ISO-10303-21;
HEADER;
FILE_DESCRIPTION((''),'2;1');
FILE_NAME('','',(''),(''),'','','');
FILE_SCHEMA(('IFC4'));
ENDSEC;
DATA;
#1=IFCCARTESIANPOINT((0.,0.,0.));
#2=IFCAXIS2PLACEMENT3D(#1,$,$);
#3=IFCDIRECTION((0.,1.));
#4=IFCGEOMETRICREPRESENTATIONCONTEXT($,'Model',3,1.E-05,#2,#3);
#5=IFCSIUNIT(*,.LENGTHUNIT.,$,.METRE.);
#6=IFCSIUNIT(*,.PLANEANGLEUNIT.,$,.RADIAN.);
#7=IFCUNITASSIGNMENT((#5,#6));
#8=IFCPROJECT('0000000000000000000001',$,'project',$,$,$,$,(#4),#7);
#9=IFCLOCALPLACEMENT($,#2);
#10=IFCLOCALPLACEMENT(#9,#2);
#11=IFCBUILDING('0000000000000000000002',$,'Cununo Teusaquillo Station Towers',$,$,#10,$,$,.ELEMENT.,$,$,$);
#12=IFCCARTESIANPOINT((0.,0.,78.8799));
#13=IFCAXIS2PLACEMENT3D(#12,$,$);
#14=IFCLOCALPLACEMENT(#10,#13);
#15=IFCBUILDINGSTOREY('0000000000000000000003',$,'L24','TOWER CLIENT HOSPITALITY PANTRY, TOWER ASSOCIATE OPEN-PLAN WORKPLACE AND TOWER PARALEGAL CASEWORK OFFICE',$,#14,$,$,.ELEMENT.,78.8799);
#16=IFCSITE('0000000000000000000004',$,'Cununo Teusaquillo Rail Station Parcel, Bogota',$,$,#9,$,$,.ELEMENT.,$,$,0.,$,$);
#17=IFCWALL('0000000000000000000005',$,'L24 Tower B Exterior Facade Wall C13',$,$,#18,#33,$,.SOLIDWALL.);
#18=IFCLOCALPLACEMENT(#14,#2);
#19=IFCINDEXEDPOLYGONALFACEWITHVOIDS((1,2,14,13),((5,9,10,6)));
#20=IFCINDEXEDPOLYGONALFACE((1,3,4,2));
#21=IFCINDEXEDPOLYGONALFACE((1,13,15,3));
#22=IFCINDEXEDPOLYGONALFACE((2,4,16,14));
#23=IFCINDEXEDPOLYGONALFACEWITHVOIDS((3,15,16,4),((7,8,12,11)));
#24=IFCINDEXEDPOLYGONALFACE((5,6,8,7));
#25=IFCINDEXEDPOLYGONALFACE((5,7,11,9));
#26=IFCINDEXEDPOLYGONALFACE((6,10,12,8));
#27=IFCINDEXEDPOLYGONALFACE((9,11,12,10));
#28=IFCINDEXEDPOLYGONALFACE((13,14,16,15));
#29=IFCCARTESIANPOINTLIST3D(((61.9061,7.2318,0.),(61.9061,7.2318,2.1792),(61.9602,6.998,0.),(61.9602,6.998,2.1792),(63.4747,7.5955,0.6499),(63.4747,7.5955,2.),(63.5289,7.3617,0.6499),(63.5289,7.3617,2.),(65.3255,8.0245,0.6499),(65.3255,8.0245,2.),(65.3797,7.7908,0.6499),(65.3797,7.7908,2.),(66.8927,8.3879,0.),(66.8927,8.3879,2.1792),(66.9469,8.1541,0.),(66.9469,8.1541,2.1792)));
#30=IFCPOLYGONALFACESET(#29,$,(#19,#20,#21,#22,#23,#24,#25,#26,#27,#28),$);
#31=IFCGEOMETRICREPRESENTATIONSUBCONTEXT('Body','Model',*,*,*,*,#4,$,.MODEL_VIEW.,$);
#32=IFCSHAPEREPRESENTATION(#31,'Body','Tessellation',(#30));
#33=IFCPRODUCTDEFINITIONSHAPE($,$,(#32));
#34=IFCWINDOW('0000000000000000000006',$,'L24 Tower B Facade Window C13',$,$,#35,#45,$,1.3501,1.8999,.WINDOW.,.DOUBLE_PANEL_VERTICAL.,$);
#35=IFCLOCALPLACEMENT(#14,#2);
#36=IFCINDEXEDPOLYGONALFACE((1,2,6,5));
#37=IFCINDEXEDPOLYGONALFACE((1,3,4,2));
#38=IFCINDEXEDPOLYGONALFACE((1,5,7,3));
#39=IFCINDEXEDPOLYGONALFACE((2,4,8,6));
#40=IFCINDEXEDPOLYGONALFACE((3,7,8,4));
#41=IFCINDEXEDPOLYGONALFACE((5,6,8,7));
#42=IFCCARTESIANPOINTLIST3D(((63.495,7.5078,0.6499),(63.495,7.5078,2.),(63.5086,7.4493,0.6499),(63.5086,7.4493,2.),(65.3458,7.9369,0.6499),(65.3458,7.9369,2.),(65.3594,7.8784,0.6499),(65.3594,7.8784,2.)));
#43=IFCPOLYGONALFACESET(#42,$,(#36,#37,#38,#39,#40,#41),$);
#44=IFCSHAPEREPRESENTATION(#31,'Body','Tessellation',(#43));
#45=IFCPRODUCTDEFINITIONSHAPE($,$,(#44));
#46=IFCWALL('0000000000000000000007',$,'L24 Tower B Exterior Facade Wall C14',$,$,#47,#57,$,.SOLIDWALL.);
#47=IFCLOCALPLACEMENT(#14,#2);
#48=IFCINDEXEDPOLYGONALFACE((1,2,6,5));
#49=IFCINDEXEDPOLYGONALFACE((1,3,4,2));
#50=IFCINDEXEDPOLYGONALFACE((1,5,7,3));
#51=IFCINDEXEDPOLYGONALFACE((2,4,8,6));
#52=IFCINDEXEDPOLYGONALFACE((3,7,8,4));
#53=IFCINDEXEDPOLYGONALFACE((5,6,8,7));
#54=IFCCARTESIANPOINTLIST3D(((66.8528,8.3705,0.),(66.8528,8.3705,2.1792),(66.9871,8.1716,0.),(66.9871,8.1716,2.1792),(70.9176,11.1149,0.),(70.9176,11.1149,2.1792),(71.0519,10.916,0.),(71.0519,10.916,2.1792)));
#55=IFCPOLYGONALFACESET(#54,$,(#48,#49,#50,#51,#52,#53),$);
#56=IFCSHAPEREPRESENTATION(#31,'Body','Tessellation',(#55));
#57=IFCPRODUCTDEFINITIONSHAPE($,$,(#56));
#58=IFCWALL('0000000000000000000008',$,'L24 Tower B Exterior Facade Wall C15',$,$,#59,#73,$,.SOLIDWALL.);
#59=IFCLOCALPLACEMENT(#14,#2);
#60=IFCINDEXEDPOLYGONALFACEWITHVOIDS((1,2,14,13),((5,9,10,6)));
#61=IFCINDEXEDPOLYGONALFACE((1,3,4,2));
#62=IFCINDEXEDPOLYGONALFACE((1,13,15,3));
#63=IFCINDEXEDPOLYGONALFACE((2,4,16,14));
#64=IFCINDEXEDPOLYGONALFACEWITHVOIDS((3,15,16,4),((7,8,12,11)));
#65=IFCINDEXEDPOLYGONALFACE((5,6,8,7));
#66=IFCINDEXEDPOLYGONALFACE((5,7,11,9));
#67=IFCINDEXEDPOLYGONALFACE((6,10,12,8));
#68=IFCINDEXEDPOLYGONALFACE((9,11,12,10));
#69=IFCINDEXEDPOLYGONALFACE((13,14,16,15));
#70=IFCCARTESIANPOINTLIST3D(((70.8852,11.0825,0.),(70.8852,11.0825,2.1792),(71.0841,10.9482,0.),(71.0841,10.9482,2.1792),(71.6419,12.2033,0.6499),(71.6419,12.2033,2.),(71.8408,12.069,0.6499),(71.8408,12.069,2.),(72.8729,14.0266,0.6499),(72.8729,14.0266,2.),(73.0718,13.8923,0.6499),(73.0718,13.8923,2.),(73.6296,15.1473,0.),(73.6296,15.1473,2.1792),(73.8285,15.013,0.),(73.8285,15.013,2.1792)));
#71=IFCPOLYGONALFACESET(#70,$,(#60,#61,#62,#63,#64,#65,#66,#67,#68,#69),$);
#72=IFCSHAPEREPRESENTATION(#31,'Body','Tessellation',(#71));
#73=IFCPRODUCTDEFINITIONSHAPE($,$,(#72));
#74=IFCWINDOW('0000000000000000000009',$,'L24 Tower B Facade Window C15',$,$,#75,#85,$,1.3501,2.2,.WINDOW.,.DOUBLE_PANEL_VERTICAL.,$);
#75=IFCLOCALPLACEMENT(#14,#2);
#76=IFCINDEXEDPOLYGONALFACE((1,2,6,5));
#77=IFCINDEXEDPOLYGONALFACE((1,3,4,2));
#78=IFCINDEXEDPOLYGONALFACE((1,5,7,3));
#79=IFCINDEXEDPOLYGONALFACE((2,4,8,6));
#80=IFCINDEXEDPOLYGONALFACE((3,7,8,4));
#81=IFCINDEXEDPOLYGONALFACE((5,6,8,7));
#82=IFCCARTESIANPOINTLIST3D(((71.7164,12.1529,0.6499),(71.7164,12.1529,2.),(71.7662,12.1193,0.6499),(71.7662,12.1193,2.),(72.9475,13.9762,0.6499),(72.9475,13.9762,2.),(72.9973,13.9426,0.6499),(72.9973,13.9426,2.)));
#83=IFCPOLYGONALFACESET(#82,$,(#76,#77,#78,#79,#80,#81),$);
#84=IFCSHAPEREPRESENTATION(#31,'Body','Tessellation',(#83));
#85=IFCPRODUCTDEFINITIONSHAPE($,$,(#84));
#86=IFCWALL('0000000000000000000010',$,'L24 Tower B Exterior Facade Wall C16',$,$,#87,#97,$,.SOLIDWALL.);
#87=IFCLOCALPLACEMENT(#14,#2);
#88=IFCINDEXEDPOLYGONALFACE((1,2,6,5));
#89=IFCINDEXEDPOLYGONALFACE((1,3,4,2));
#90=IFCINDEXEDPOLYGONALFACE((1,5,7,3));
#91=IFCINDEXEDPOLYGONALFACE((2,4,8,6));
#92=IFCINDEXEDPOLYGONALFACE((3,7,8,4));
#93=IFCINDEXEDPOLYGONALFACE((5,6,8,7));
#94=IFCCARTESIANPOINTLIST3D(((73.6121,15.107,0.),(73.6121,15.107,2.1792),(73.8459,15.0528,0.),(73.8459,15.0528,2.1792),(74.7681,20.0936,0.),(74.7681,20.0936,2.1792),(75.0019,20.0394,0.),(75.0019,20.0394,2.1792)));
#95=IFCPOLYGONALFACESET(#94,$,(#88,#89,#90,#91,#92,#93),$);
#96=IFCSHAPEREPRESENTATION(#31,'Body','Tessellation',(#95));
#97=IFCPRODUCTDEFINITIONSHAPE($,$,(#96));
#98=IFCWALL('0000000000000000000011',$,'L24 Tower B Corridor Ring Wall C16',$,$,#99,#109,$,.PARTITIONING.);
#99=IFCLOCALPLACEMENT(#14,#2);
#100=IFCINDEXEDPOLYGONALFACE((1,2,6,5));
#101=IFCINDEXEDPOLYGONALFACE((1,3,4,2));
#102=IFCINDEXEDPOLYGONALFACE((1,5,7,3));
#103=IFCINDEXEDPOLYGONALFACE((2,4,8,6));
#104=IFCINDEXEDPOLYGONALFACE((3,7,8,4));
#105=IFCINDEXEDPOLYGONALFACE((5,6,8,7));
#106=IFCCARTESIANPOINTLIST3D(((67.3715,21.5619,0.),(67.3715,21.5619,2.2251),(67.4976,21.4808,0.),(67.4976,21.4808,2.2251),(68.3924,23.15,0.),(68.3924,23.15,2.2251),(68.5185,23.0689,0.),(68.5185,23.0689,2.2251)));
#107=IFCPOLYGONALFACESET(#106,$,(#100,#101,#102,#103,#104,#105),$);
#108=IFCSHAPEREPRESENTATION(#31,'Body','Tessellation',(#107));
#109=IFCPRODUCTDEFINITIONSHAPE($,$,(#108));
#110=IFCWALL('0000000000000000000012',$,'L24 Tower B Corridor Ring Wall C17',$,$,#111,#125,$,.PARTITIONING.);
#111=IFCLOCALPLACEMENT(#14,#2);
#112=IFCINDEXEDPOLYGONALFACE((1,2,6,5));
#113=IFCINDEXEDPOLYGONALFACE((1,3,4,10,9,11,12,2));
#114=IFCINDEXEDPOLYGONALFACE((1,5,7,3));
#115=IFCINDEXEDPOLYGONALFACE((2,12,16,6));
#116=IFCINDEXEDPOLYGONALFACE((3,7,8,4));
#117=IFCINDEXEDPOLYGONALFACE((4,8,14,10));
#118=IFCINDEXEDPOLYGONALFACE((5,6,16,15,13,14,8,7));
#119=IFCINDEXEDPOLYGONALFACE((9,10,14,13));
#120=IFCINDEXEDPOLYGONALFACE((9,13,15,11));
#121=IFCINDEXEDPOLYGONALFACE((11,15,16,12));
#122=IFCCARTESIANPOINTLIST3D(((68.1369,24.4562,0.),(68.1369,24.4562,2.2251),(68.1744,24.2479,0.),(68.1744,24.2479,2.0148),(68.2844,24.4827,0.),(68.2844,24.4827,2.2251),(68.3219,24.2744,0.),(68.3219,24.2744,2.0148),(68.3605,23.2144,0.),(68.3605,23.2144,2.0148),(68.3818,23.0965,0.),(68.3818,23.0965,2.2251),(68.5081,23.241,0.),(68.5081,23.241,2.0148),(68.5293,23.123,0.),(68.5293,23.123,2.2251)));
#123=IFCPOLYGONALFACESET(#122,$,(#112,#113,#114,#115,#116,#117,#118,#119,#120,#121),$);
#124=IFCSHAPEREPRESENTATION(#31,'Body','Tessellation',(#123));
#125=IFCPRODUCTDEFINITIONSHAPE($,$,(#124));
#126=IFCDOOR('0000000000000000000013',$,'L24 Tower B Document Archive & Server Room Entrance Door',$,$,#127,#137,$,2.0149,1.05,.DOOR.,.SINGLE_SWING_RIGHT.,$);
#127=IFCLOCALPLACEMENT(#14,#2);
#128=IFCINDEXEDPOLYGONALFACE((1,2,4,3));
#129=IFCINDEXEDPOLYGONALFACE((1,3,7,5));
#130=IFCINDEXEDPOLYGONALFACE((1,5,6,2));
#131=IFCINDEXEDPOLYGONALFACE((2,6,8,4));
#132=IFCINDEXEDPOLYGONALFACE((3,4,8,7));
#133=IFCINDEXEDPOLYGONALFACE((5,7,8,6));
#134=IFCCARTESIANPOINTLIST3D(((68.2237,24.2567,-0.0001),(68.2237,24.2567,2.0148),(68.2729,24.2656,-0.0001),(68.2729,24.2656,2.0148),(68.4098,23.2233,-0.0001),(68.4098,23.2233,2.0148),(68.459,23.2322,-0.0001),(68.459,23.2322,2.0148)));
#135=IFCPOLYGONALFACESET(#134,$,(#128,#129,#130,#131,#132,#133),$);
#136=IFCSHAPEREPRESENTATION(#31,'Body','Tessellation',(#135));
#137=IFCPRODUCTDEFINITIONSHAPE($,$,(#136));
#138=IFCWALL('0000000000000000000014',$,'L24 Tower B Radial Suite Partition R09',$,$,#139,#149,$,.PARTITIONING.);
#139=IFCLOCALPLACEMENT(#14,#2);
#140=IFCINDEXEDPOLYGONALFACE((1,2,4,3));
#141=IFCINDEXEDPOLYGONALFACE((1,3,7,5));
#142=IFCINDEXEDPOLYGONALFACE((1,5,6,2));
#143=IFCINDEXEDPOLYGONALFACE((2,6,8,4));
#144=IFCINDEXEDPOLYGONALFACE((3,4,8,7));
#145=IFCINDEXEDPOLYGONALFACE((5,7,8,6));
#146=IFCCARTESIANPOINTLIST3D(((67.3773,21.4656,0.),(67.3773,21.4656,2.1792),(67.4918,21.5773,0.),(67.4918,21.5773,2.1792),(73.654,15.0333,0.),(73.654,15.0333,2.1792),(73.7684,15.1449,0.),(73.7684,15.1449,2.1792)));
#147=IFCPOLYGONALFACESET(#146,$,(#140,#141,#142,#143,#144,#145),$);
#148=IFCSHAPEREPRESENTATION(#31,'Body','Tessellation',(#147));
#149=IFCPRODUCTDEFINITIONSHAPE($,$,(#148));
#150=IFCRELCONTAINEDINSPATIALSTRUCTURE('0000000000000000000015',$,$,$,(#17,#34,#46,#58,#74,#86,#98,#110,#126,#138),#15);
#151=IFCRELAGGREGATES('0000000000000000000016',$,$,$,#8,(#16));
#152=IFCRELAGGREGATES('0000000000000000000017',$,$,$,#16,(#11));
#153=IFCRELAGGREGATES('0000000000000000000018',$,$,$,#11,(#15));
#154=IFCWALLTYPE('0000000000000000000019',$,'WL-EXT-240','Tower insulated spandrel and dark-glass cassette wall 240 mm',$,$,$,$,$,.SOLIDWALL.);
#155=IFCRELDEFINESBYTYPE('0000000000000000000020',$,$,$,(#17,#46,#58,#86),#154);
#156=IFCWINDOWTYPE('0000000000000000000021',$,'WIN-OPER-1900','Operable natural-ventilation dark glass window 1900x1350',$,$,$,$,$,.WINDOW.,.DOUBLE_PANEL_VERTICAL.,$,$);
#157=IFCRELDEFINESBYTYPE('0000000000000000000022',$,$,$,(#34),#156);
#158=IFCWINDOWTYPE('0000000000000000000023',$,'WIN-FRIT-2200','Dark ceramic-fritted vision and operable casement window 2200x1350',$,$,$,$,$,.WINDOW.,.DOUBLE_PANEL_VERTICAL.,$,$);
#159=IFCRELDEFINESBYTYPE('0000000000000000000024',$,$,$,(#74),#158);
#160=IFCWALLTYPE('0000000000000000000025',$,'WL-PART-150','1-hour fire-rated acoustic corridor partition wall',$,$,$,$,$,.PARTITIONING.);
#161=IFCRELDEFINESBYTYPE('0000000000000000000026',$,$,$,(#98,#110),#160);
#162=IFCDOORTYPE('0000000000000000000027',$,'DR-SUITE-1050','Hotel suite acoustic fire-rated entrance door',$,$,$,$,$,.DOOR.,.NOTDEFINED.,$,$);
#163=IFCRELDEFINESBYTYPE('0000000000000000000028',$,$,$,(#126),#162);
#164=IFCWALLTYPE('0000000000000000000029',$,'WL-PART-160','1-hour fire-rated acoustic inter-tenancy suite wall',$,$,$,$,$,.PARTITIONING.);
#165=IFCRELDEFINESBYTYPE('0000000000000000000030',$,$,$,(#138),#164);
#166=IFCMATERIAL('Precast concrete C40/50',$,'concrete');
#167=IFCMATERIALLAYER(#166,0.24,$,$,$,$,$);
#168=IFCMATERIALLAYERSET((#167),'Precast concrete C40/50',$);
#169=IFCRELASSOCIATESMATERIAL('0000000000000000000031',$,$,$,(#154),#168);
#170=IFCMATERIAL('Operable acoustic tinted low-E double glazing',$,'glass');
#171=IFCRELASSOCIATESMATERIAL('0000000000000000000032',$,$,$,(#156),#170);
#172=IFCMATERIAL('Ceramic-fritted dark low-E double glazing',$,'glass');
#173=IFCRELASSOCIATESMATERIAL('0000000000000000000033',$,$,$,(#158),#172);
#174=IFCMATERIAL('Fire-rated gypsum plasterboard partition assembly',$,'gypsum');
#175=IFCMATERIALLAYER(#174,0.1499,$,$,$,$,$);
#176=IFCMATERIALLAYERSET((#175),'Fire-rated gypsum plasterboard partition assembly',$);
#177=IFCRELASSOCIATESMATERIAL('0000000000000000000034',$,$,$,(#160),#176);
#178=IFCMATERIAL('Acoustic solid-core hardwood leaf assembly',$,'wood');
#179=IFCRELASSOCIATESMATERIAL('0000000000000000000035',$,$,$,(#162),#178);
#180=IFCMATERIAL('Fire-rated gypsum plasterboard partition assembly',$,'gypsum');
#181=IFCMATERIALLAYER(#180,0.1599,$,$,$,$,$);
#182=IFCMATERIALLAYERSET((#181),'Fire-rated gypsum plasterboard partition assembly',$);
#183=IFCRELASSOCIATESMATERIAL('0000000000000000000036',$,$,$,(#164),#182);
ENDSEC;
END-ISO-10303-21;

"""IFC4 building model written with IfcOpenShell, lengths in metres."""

from ifc_helpers import new_model, si_unit, direction, frame, frame_2d, origin, place, context, subcontext, project, spatial, rectangle, extrude, source, transform, mapped, material, layer, layer_set, type_object, element, fill, save


model = new_model("IFC4")

# Units and contexts
model_context = context("Model", 3, precision=1e-05, world=origin(), true_north=direction((0.0, 1.0)))
body_context = subcontext(model_context, "Body", "Model", "MODEL_VIEW")
ifc_project = project(units=[si_unit("LENGTHUNIT", "METRE"), si_unit("PLANEANGLEUNIT", "RADIAN")], contexts=[model_context])

# Site, building, storey
site_placement = place(None, origin())
site = spatial("IfcSite", under=ifc_project, at=site_placement, Name="Cununo Teusaquillo Rail Station Parcel, Bogota", CompositionType="ELEMENT", RefElevation=0.0)
building_placement = place(site_placement, origin())
building = spatial("IfcBuilding", under=site, at=building_placement, Name="Cununo Teusaquillo Station Towers", CompositionType="ELEMENT")
storey_placement = place(building_placement, frame((0.0, 0.0, 78.8799)))
storey = spatial("IfcBuildingStorey", under=building, at=storey_placement, Name="L24", Description="TOWER CLIENT HOSPITALITY PANTRY, TOWER ASSOCIATE OPEN-PLAN WORKPLACE AND TOWER PARALEGAL CASEWORK OFFICE", CompositionType="ELEMENT", Elevation=78.8799)

# Wall, opening, window
ifc_material_1 = material(Name="Precast concrete C40/50", Category="concrete")
ifc_layer_1 = layer(ifc_material_1, 0.24)
ifc_layer_set_1 = layer_set([ifc_layer_1], Name="Precast concrete C40/50")
wall_type_1 = type_object("IfcWallType", Name="WL-EXT-240", Description="Tower insulated spandrel and dark-glass cassette wall 240 mm", PredefinedType="SOLIDWALL", material=ifc_layer_set_1)
wall_1_placement = place(storey_placement, frame((66.9199, 8.271, 0.0), z_axis=(0.0, 0.0, 1.0), x_axis=(-0.974166, -0.225835, 0.0)))
wall_1 = element("IfcWall", 1, at=wall_1_placement, inside=storey, type_object=wall_type_1, Name="L24 Tower B Exterior Facade Wall C13", PredefinedType="SOLIDWALL", context=body_context, shape_type="SweptSolid", body=[
    extrude(rectangle(XDim=5.1189, YDim=0.24, at=frame_2d((2.5596, 0.0))), origin(), (0.0, 0.0, 1.0), 2.1792),
])
shared_shape_1 = source(origin(), body_context, "Body", "SweptSolid", [
    extrude(rectangle(XDim=1.8999, YDim=1.3501, at=frame_2d((0.95, 0.675))), frame((0.0, 0.1299, 0.0), z_axis=(0.0, -1.0, 0.0), x_axis=(1.0, 0.0, 0.0)), (0.0, 0.0, 1.0), 0.26),
])
opening_1_placement = place(wall_1_placement, frame((1.6089, 0.0, 0.6499)))
opening_1 = element("IfcOpeningElement", 2, at=opening_1_placement, cuts=wall_1, PredefinedType="OPENING", context=body_context, shape_type="MappedRepresentation", body=[
    mapped(shared_shape_1, transform((0.0, 0.0, 0.0), x_axis=(1.0, 0.0, 0.0), y_axis=(0.0, 1.0, 0.0), z_axis=(0.0, 0.0, 1.0), scale=1.0)),
])
ifc_material_2 = material(Name="Operable acoustic tinted low-E double glazing", Category="glass")
window_type_1 = type_object("IfcWindowType", Name="WIN-OPER-1900", Description="Operable natural-ventilation dark glass window 1900x1350", PartitioningType="DOUBLE_PANEL_VERTICAL", PredefinedType="WINDOW", material=ifc_material_2)
shared_shape_2 = source(origin(), body_context, "Body", "SweptSolid", [
    extrude(rectangle(XDim=1.8999, YDim=1.3501, at=frame_2d((0.95, 0.675))), frame((0.0, 0.03, 0.0), z_axis=(0.0, -1.0, 0.0), x_axis=(1.0, 0.0, 0.0)), (0.0, 0.0, 1.0), 0.0601),
])
window_1_placement = place(opening_1_placement, origin())
window_1 = element("IfcWindow", 3, at=window_1_placement, inside=storey, type_object=window_type_1, Name="L24 Tower B Facade Window C13", OverallHeight=1.3501, OverallWidth=1.8999, PartitioningType="DOUBLE_PANEL_VERTICAL", PredefinedType="WINDOW", context=body_context, shape_type="MappedRepresentation", body=[
    mapped(shared_shape_2, transform((0.0, 0.0, 0.0), x_axis=(1.0, 0.0, 0.0), y_axis=(0.0, 1.0, 0.0), z_axis=(0.0, 0.0, 1.0), scale=1.0)),
])
fill(opening_1, window_1)

# Wall
wall_2_placement = place(storey_placement, frame((70.9846, 11.0154, 0.0), z_axis=(0.0, 0.0, 1.0), x_axis=(-0.828781, -0.559573, 0.0)))
element("IfcWall", 4, at=wall_2_placement, inside=storey, type_object=wall_type_1, Name="L24 Tower B Exterior Facade Wall C14", PredefinedType="SOLIDWALL", context=body_context, shape_type="SweptSolid", body=[
    extrude(rectangle(XDim=4.9045, YDim=0.24, at=frame_2d((2.4521, 0.0))), origin(), (0.0, 0.0, 1.0), 2.1792),
])

# Wall, opening, window
wall_3_placement = place(storey_placement, frame((73.729, 15.0801, 0.0), z_axis=(0.0, 0.0, 1.0), x_axis=(-0.559573, -0.828781, 0.0)))
wall_3 = element("IfcWall", 5, at=wall_3_placement, inside=storey, type_object=wall_type_1, Name="L24 Tower B Exterior Facade Wall C15", PredefinedType="SOLIDWALL", context=body_context, shape_type="SweptSolid", body=[
    extrude(rectangle(XDim=4.9045, YDim=0.24, at=frame_2d((2.4521, 0.0))), origin(), (0.0, 0.0, 1.0), 2.1792),
])
shared_shape_3 = source(origin(), body_context, "Body", "SweptSolid", [
    extrude(rectangle(XDim=2.2, YDim=1.3501, at=frame_2d((1.1001, 0.675))), frame((0.0, 0.1299, 0.0), z_axis=(0.0, -1.0, 0.0), x_axis=(1.0, 0.0, 0.0)), (0.0, 0.0, 1.0), 0.26),
])
opening_2_placement = place(wall_3_placement, frame((1.3521, 0.0, 0.6499)))
opening_2 = element("IfcOpeningElement", 6, at=opening_2_placement, cuts=wall_3, PredefinedType="OPENING", context=body_context, shape_type="MappedRepresentation", body=[
    mapped(shared_shape_3, transform((0.0, 0.0, 0.0), x_axis=(1.0, 0.0, 0.0), y_axis=(0.0, 1.0, 0.0), z_axis=(0.0, 0.0, 1.0), scale=1.0)),
])
ifc_material_3 = material(Name="Ceramic-fritted dark low-E double glazing", Category="glass")
window_type_2 = type_object("IfcWindowType", Name="WIN-FRIT-2200", Description="Dark ceramic-fritted vision and operable casement window 2200x1350", PartitioningType="DOUBLE_PANEL_VERTICAL", PredefinedType="WINDOW", material=ifc_material_3)
shared_shape_4 = source(origin(), body_context, "Body", "SweptSolid", [
    extrude(rectangle(XDim=2.2, YDim=1.3501, at=frame_2d((1.1001, 0.675))), frame((0.0, 0.03, 0.0), z_axis=(0.0, -1.0, 0.0), x_axis=(1.0, 0.0, 0.0)), (0.0, 0.0, 1.0), 0.0601),
])
window_2_placement = place(opening_2_placement, origin())
window_2 = element("IfcWindow", 7, at=window_2_placement, inside=storey, type_object=window_type_2, Name="L24 Tower B Facade Window C15", OverallHeight=1.3501, OverallWidth=2.2, PartitioningType="DOUBLE_PANEL_VERTICAL", PredefinedType="WINDOW", context=body_context, shape_type="MappedRepresentation", body=[
    mapped(shared_shape_4, transform((0.0, 0.0, 0.0), x_axis=(1.0, 0.0, 0.0), y_axis=(0.0, 1.0, 0.0), z_axis=(0.0, 0.0, 1.0), scale=1.0)),
])
fill(opening_2, window_2)

# Walls
wall_4_placement = place(storey_placement, frame((74.885, 20.0667, 0.0), z_axis=(0.0, 0.0, 1.0), x_axis=(-0.225835, -0.974166, 0.0)))
element("IfcWall", 8, at=wall_4_placement, inside=storey, type_object=wall_type_1, Name="L24 Tower B Exterior Facade Wall C16", PredefinedType="SOLIDWALL", context=body_context, shape_type="SweptSolid", body=[
    extrude(rectangle(XDim=5.1189, YDim=0.24, at=frame_2d((2.5596, 0.0))), origin(), (0.0, 0.0, 1.0), 2.1792),
])
ifc_material_4 = material(Name="Fire-rated gypsum plasterboard partition assembly", Category="gypsum")
ifc_layer_2 = layer(ifc_material_4, 0.1499)
ifc_layer_set_2 = layer_set([ifc_layer_2], Name="Fire-rated gypsum plasterboard partition assembly")
wall_type_2 = type_object("IfcWallType", Name="WL-PART-150", Description="1-hour fire-rated acoustic corridor partition wall", PredefinedType="PARTITIONING", material=ifc_layer_set_2)
wall_5_placement = place(storey_placement, frame((67.4346, 21.5215, 0.0), z_axis=(0.0, 0.0, 1.0), x_axis=(0.540777, 0.841166, 0.0)))
element("IfcWall", 9, at=wall_5_placement, inside=storey, type_object=wall_type_2, Name="L24 Tower B Corridor Ring Wall C16", PredefinedType="PARTITIONING", context=body_context, shape_type="SweptSolid", body=[
    extrude(rectangle(XDim=1.8879, YDim=0.1499, at=frame_2d((0.9438, 0.0))), origin(), (0.0, 0.0, 1.0), 2.2251),
])

# Wall, opening, door
wall_6_placement = place(storey_placement, frame((68.4556, 23.1096, 0.0), z_axis=(0.0, 0.0, 1.0), x_axis=(-0.177252, 0.984165, 0.0)))
wall_6 = element("IfcWall", 10, at=wall_6_placement, inside=storey, type_object=wall_type_2, Name="L24 Tower B Corridor Ring Wall C17", PredefinedType="PARTITIONING", context=body_context, shape_type="SweptSolid", body=[
    extrude(rectangle(XDim=1.3816, YDim=0.1499, at=frame_2d((0.6909, 0.0))), origin(), (0.0, 0.0, 1.0), 2.2251),
])
shared_shape_5 = source(origin(), body_context, "Body", "SweptSolid", [
    extrude(rectangle(XDim=1.05, YDim=2.0149, at=frame_2d((0.5249, 1.0073))), frame((0.0, 0.085, 0.0), z_axis=(0.0, -1.0, 0.0), x_axis=(1.0, 0.0, 0.0)), (0.0, 0.0, 1.0), 0.1699),
])
opening_3_placement = place(wall_6_placement, frame((0.1201, 0.0, 0.0)))
opening_3 = element("IfcOpeningElement", 11, at=opening_3_placement, cuts=wall_6, PredefinedType="OPENING", context=body_context, shape_type="MappedRepresentation", body=[
    mapped(shared_shape_5, transform((0.0, 0.0, 0.0), x_axis=(1.0, 0.0, 0.0), y_axis=(0.0, 1.0, 0.0), z_axis=(0.0, 0.0, 1.0), scale=1.0)),
])
ifc_material_5 = material(Name="Acoustic solid-core hardwood leaf assembly", Category="wood")
door_type = type_object("IfcDoorType", Name="DR-SUITE-1050", Description="Hotel suite acoustic fire-rated entrance door", OperationType="NOTDEFINED", PredefinedType="DOOR", material=ifc_material_5)
shared_shape_6 = source(origin(), body_context, "Body", "SweptSolid", [
    extrude(rectangle(XDim=1.05, YDim=2.0149, at=frame_2d((0.5249, 1.0073))), frame((0.0, 0.0249, 0.0), z_axis=(0.0, -1.0, 0.0), x_axis=(1.0, 0.0, 0.0)), (0.0, 0.0, 1.0), 0.05),
])
door_placement = place(opening_3_placement, origin())
door = element("IfcDoor", 12, at=door_placement, inside=storey, type_object=door_type, Name="L24 Tower B Document Archive & Server Room Entrance Door", OperationType="SINGLE_SWING_RIGHT", OverallHeight=2.0149, OverallWidth=1.05, PredefinedType="DOOR", context=body_context, shape_type="MappedRepresentation", body=[
    mapped(shared_shape_6, transform((0.0, 0.0, 0.0), x_axis=(1.0, 0.0, 0.0), y_axis=(0.0, 1.0, 0.0), z_axis=(0.0, 0.0, 1.0), scale=1.0)),
])
fill(opening_3, door)

# Wall
ifc_material_6 = material(Name="Fire-rated gypsum plasterboard partition assembly", Category="gypsum")
ifc_layer_3 = layer(ifc_material_6, 0.1599)
ifc_layer_set_3 = layer_set([ifc_layer_3], Name="Fire-rated gypsum plasterboard partition assembly")
wall_type_3 = type_object("IfcWallType", Name="WL-PART-160", Description="1-hour fire-rated acoustic inter-tenancy suite wall", PredefinedType="PARTITIONING", material=ifc_layer_set_3)
wall_7_placement = place(storey_placement, frame((67.4346, 21.5215, 0.0), z_axis=(0.0, 0.0, 1.0), x_axis=(0.698388, -0.715719, 0.0)))
element("IfcWall", 13, at=wall_7_placement, inside=storey, type_object=wall_type_3, Name="L24 Tower B Radial Suite Partition R09", PredefinedType="PARTITIONING", context=body_context, shape_type="SweptSolid", body=[
    extrude(rectangle(XDim=8.9873, YDim=0.1599, at=frame_2d((4.4937, 0.0))), origin(), (0.0, 0.0, 1.0), 2.1792),
])

save(model, "model.ifc")
